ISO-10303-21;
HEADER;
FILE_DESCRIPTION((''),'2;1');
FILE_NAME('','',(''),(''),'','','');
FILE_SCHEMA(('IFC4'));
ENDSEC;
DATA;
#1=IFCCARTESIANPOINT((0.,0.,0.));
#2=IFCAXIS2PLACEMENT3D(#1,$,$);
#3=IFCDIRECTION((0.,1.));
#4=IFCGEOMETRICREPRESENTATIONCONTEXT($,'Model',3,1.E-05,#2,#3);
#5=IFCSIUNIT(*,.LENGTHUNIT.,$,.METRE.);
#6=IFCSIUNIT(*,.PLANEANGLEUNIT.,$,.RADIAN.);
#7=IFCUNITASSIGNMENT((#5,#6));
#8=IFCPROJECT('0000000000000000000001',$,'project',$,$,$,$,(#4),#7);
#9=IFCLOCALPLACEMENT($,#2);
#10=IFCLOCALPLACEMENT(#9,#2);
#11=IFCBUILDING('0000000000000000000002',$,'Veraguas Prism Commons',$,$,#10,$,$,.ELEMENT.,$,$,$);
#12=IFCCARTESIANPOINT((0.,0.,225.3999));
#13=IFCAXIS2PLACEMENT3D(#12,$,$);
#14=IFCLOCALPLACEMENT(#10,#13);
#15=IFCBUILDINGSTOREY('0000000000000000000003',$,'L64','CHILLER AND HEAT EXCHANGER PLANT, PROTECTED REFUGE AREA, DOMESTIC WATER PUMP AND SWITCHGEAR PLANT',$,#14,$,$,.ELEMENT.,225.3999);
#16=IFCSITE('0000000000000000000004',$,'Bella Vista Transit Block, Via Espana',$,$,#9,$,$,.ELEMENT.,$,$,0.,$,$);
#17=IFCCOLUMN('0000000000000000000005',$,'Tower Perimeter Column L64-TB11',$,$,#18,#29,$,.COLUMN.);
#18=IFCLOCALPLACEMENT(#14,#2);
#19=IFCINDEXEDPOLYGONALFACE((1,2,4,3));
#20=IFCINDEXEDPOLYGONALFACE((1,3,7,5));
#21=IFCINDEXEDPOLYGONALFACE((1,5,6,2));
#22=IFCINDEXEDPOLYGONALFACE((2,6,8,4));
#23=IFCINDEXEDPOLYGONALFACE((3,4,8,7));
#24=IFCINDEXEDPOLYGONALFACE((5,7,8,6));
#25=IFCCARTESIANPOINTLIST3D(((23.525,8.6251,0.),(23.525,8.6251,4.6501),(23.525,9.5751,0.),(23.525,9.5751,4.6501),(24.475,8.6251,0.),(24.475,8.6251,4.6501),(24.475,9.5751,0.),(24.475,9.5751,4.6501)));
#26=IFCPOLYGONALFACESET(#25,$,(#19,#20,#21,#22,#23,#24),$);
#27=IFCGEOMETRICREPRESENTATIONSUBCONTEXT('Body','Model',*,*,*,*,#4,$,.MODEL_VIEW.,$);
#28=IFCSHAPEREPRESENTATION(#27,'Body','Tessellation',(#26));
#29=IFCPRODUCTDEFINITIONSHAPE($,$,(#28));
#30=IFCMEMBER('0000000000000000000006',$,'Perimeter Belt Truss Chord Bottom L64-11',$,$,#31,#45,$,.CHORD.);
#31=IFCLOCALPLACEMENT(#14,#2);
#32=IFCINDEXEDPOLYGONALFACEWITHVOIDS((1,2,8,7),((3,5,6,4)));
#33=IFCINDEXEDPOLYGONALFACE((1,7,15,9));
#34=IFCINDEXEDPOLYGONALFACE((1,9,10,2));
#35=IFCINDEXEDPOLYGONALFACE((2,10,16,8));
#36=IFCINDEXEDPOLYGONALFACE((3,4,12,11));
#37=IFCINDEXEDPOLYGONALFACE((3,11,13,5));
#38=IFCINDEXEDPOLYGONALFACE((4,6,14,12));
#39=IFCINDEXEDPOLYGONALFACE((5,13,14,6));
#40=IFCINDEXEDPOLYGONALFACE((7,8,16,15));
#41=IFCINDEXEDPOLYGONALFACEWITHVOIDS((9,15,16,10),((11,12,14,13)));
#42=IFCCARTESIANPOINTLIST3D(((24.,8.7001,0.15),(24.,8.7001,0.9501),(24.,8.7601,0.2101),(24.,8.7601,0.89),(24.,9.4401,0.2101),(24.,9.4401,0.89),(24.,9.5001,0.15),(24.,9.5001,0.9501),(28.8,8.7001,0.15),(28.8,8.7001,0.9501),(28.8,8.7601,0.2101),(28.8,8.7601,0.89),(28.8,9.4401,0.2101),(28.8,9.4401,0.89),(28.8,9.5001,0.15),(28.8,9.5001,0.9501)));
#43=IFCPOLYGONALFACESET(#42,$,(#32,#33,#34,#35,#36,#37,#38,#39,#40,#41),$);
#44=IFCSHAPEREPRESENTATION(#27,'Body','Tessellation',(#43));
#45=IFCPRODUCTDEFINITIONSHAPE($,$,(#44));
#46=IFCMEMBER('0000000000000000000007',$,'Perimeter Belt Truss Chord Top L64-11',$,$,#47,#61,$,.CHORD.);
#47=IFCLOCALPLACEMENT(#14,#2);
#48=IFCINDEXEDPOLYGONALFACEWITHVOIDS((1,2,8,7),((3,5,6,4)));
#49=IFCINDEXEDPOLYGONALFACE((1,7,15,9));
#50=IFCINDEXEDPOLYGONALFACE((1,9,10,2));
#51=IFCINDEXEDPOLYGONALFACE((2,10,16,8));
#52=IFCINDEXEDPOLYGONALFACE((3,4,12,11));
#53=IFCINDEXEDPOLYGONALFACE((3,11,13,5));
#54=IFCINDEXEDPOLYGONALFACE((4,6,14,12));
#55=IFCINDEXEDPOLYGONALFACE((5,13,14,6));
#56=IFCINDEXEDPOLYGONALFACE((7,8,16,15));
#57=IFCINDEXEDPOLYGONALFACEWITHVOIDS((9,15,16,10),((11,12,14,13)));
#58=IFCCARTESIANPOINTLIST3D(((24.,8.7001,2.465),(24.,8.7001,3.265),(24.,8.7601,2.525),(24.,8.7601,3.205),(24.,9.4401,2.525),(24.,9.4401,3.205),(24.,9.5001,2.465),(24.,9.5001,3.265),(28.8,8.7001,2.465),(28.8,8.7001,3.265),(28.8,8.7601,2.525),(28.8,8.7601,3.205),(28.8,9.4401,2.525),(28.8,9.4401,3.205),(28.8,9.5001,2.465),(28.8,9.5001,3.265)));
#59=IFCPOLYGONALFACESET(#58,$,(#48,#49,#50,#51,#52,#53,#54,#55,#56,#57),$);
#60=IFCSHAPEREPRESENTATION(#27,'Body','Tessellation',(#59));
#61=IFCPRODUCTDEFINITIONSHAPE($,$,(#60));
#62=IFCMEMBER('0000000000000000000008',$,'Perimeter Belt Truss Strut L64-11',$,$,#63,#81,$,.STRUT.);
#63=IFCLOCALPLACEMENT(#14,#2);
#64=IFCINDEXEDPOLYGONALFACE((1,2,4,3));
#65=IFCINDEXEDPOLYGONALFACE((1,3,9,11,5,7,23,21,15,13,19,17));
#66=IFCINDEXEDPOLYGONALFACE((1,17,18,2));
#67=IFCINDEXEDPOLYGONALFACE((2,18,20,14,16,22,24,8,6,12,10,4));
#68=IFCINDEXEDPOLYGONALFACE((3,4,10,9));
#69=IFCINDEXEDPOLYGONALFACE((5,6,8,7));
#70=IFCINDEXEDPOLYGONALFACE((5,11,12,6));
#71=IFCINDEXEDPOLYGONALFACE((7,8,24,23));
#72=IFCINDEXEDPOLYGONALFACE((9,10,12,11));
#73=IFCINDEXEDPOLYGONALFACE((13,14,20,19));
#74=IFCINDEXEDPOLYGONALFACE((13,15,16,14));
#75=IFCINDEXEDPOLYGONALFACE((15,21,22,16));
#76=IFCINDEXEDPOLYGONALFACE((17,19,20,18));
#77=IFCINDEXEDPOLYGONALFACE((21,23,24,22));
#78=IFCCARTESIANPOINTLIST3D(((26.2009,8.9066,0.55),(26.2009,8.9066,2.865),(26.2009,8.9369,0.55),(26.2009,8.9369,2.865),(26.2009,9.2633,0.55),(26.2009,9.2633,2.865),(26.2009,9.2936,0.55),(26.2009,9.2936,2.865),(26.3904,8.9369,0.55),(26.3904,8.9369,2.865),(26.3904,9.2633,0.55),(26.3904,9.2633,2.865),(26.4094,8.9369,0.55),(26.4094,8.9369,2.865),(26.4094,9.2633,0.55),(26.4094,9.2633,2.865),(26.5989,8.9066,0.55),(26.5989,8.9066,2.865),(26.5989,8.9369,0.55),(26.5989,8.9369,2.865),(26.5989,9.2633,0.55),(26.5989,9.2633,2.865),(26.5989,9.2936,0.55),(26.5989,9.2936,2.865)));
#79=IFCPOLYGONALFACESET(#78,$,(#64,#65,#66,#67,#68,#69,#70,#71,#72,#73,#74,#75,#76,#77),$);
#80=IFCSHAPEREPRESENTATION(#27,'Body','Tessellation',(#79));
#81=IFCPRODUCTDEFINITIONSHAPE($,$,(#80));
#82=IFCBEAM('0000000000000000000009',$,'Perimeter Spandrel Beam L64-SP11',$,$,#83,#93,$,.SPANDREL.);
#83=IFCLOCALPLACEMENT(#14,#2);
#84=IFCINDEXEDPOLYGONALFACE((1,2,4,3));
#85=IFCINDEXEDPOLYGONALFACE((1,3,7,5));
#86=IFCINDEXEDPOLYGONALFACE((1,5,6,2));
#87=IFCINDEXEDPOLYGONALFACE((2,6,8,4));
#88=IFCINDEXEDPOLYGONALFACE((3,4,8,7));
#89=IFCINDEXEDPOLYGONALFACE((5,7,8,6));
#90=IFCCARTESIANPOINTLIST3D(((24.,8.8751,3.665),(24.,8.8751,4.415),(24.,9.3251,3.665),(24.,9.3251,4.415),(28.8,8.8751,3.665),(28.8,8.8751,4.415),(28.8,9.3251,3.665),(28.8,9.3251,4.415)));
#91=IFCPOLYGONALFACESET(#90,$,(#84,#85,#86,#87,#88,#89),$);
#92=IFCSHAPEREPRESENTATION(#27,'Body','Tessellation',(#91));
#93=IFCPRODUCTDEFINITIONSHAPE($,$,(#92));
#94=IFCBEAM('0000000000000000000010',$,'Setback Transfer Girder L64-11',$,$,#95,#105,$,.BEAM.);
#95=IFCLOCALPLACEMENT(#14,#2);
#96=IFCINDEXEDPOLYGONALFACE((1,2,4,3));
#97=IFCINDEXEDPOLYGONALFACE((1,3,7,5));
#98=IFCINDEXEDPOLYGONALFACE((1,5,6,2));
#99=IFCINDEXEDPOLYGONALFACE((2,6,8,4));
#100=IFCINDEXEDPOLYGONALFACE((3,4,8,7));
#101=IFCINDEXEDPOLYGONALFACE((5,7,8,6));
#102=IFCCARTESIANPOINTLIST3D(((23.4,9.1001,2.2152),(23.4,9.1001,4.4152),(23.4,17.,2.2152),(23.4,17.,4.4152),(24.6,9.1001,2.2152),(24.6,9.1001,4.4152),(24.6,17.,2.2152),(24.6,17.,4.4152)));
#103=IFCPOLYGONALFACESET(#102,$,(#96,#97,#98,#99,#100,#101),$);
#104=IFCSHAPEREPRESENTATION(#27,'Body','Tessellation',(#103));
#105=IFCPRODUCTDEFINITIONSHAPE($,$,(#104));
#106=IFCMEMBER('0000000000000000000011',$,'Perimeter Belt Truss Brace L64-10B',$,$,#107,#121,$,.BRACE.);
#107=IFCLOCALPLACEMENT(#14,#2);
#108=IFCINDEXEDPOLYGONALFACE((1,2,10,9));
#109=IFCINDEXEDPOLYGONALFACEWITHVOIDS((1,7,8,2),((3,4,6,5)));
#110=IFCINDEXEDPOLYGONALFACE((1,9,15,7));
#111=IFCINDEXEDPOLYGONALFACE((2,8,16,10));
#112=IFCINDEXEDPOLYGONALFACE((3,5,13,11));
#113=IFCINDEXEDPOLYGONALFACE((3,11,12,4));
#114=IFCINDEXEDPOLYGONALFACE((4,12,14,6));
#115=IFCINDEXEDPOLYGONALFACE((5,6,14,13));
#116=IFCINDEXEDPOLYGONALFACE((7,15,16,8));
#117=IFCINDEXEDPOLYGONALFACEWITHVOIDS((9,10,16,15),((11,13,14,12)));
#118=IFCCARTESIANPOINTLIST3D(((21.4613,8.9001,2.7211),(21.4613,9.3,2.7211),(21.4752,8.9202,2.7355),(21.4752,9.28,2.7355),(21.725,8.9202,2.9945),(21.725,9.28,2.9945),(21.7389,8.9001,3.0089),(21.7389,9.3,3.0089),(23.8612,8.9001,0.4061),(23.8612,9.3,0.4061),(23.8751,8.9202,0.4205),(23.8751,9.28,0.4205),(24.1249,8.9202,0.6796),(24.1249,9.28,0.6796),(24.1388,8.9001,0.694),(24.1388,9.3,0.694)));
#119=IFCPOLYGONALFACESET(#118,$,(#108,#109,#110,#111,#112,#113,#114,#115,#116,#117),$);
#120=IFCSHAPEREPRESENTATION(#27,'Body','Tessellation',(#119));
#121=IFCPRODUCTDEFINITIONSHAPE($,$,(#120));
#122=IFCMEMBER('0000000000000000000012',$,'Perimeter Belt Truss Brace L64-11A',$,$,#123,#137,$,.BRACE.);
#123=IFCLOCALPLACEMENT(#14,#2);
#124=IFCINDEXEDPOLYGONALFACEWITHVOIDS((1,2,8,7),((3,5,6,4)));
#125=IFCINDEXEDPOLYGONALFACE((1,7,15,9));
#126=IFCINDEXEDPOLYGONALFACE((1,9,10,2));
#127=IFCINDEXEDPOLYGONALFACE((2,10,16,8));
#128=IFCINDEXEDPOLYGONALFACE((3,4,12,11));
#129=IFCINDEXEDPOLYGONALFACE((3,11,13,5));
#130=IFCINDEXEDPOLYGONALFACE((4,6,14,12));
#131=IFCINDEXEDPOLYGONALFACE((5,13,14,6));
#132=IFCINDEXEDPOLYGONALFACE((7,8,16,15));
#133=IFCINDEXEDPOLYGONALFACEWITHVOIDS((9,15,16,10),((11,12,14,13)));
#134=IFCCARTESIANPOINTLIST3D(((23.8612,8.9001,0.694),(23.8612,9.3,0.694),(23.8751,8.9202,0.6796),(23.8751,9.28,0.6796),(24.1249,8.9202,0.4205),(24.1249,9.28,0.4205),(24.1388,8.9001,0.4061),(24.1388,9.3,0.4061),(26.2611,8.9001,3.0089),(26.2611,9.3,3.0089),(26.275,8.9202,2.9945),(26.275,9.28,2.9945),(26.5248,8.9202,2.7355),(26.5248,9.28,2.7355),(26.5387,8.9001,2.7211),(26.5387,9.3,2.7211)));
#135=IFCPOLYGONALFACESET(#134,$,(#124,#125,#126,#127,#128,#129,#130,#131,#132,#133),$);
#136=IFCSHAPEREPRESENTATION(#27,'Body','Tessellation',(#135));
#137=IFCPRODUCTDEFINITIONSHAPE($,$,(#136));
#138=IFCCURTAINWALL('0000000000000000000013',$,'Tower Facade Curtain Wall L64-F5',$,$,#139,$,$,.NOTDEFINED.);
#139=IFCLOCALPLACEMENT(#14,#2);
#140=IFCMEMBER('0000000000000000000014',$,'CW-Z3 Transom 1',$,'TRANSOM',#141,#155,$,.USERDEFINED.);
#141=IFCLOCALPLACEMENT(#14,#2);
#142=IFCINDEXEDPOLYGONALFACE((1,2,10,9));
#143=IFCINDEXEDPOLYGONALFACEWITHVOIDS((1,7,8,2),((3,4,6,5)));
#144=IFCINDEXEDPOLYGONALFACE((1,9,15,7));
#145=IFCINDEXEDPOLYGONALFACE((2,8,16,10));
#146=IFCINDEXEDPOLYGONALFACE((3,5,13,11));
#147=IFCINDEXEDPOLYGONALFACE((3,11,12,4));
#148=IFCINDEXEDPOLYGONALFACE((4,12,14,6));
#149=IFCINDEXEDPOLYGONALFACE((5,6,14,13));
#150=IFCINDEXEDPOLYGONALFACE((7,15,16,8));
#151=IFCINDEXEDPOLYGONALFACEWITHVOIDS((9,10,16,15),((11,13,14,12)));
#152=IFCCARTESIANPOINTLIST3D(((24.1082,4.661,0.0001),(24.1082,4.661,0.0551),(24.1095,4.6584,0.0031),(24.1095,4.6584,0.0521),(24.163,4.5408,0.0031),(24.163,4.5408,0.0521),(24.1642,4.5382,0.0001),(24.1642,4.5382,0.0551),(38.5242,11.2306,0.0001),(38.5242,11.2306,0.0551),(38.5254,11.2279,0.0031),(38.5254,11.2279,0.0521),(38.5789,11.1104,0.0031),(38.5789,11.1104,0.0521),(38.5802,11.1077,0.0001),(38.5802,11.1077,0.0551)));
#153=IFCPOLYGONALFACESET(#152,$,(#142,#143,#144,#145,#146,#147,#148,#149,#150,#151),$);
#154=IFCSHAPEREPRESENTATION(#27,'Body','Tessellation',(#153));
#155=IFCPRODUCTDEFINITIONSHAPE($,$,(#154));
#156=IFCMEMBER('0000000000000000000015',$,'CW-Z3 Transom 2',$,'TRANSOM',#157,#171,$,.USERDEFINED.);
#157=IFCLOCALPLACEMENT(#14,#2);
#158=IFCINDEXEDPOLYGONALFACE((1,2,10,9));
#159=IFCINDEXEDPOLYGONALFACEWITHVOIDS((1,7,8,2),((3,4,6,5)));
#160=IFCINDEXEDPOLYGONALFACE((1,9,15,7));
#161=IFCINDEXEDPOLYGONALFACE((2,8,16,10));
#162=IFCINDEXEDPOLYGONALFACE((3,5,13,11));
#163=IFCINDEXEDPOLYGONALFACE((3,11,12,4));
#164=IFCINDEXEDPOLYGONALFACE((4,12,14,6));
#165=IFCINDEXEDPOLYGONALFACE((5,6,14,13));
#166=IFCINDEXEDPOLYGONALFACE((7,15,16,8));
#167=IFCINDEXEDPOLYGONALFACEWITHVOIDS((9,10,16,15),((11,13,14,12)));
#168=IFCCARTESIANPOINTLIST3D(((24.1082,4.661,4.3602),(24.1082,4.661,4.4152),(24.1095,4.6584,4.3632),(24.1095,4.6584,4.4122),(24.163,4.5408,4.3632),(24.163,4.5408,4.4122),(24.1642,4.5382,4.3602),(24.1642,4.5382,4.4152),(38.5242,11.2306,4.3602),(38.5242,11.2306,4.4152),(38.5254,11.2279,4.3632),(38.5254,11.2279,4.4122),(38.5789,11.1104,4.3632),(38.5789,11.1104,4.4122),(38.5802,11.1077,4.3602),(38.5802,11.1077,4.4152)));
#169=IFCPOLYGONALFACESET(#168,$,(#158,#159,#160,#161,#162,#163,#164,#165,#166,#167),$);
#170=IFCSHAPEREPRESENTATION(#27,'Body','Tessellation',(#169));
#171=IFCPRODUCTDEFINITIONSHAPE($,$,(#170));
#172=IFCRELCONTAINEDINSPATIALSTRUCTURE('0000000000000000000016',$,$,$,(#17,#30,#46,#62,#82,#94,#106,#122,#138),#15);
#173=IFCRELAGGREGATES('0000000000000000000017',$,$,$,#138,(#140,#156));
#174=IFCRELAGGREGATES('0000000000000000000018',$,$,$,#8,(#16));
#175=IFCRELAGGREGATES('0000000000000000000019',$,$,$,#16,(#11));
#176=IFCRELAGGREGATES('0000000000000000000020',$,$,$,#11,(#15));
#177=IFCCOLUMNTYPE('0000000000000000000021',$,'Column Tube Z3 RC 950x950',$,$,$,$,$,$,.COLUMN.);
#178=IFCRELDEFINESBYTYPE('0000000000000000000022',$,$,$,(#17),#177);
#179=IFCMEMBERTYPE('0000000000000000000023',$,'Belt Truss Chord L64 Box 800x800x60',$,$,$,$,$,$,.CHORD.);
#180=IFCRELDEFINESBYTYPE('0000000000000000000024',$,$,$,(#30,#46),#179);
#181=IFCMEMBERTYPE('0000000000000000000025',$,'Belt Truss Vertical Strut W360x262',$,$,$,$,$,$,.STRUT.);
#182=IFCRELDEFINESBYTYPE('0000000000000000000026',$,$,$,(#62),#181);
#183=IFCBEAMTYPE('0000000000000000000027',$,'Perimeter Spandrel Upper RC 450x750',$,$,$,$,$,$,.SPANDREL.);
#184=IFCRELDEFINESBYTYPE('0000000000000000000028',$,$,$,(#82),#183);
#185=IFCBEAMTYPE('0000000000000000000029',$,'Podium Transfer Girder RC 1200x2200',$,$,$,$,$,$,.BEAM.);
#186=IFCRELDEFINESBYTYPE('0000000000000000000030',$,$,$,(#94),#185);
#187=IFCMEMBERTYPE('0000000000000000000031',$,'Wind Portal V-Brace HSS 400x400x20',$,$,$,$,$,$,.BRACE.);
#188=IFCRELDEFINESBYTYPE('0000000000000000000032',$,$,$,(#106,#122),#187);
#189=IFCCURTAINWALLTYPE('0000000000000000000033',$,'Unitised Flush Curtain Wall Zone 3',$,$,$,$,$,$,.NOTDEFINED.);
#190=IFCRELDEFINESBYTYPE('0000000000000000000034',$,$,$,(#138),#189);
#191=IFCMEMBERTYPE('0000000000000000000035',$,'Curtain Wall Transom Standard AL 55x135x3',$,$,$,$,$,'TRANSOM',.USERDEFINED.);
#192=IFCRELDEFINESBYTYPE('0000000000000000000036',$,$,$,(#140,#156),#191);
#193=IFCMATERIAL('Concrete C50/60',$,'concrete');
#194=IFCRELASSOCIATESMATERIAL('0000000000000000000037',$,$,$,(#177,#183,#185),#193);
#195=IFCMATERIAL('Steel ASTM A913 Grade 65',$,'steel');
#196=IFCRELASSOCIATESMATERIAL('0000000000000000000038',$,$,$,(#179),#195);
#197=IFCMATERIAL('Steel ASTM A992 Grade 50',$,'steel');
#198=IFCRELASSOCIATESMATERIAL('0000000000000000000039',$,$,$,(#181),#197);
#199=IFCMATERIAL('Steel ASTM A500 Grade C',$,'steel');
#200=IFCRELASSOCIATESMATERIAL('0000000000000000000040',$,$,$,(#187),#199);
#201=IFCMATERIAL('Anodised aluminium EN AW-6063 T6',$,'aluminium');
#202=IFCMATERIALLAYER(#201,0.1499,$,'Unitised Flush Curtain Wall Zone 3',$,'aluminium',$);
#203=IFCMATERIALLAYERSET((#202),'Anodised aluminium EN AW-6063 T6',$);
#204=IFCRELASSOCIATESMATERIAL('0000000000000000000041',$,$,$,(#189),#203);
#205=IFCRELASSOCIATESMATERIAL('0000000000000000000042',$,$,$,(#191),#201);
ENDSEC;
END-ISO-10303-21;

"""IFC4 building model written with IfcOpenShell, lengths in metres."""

from ifc_helpers import new_model, si_unit, direction, frame, origin, origin_2d, place, context, subcontext, project, spatial, rectangle, hollow_rectangle, i_section, extrude, source, transform, mapped, material, layer, layer_set, material_profile, profile_set, type_object, element, aggregate, save


model = new_model("IFC4")

# Units and contexts
model_context = context("Model", 3, precision=1e-05, world=origin(), true_north=direction((0.0, 1.0)))
body_context = subcontext(model_context, "Body", "Model", "MODEL_VIEW")
ifc_project = project(units=[si_unit("LENGTHUNIT", "METRE"), si_unit("PLANEANGLEUNIT", "RADIAN")], contexts=[model_context])

# Site, building, storey
site_placement = place(None, origin())
site = spatial("IfcSite", under=ifc_project, at=site_placement, Name="Bella Vista Transit Block, Via Espana", CompositionType="ELEMENT", RefElevation=0.0)
building_placement = place(site_placement, origin())
building = spatial("IfcBuilding", under=site, at=building_placement, Name="Veraguas Prism Commons", CompositionType="ELEMENT")
storey_placement = place(building_placement, frame((0.0, 0.0, 225.3999)))
storey = spatial("IfcBuildingStorey", under=building, at=storey_placement, Name="L64", Description="CHILLER AND HEAT EXCHANGER PLANT, PROTECTED REFUGE AREA, DOMESTIC WATER PUMP AND SWITCHGEAR PLANT", CompositionType="ELEMENT", Elevation=225.3999)

# Column
ifc_material_1 = material(Name="Concrete C50/60", Category="concrete")
ifc_material_profile_1 = material_profile(ifc_material_1, rectangle(XDim=0.95, YDim=0.95, at=origin_2d()), Name="RC950X950")
ifc_profile_set_1 = profile_set([ifc_material_profile_1], Name="Concrete C50/60")
column_type = type_object("IfcColumnType", Name="Column Tube Z3 RC 950x950", PredefinedType="COLUMN", material=ifc_profile_set_1)
column_placement = place(storey_placement, frame((24.0, 9.1001, 0.0), z_axis=(0.0, 0.0, 1.0), x_axis=(1.0, 0.0, 0.0)))
element("IfcColumn", 1, at=column_placement, inside=storey, type_object=column_type, Name="Tower Perimeter Column L64-TB11", PredefinedType="COLUMN", context=body_context, shape_type="SweptSolid", body=[
    extrude(rectangle(XDim=0.95, YDim=0.95, at=origin_2d()), origin(), (0.0, 0.0, 1.0), 4.6501),
])

# Members
ifc_material_2 = material(Name="Steel ASTM A913 Grade 65", Category="steel")
ifc_material_profile_2 = material_profile(ifc_material_2, hollow_rectangle(XDim=0.8, YDim=0.8, WallThickness=0.0601, at=origin_2d()), Name="BOX800X800X60")
ifc_profile_set_2 = profile_set([ifc_material_profile_2], Name="Steel ASTM A913 Grade 65")
member_type_1 = type_object("IfcMemberType", Name="Belt Truss Chord L64 Box 800x800x60", PredefinedType="CHORD", material=ifc_profile_set_2)
for number, where, z_axis, x_axis, name in (
    (2, (24.0, 9.1001, 0.55), (1.0, 0.0, 0.0), (0.0, 1.0, 0.0), "Perimeter Belt Truss Chord Bottom L64-11"),
    (3, (24.0, 9.1001, 2.865), (1.0, 0.0, 0.0), (0.0, 1.0, 0.0), "Perimeter Belt Truss Chord Top L64-11"),
):
    element("IfcMember", number, at=place(storey_placement, frame(where, z_axis=z_axis, x_axis=x_axis)), inside=storey, type_object=member_type_1, Name=name, PredefinedType="CHORD", context=body_context, shape_type="SweptSolid", body=[
        extrude(hollow_rectangle(XDim=0.8, YDim=0.8, WallThickness=0.0601, at=origin_2d()), origin(), (0.0, 0.0, 1.0), 4.8),
    ])
ifc_material_3 = material(Name="Steel ASTM A992 Grade 50", Category="steel")
ifc_material_profile_3 = material_profile(ifc_material_3, i_section(OverallWidth=0.3979, OverallDepth=0.387, WebThickness=0.019, FlangeThickness=0.0303, at=origin_2d()), Name="W360X262")
ifc_profile_set_3 = profile_set([ifc_material_profile_3], Name="Steel ASTM A992 Grade 50")
member_type_2 = type_object("IfcMemberType", Name="Belt Truss Vertical Strut W360x262", PredefinedType="STRUT", material=ifc_profile_set_3)
member_1_placement = place(storey_placement, frame((26.3999, 9.1001, 0.55), z_axis=(0.0, 0.0, 1.0), x_axis=(1.0, 0.0, 0.0)))
element("IfcMember", 4, at=member_1_placement, inside=storey, type_object=member_type_2, Name="Perimeter Belt Truss Strut L64-11", PredefinedType="STRUT", context=body_context, shape_type="SweptSolid", body=[
    extrude(i_section(OverallWidth=0.3979, OverallDepth=0.387, WebThickness=0.019, FlangeThickness=0.0303, at=origin_2d()), origin(), (0.0, 0.0, 1.0), 2.3149),
])

# Beams
ifc_material_profile_4 = material_profile(ifc_material_1, rectangle(XDim=0.45, YDim=0.75, at=origin_2d()), Name="RC450X750")
ifc_profile_set_4 = profile_set([ifc_material_profile_4], Name="Concrete C50/60")
beam_type_1 = type_object("IfcBeamType", Name="Perimeter Spandrel Upper RC 450x750", PredefinedType="SPANDREL", material=ifc_profile_set_4)
beam_1_placement = place(storey_placement, frame((24.0, 9.1001, 4.04), z_axis=(1.0, 0.0, 0.0), x_axis=(0.0, 1.0, 0.0)))
element("IfcBeam", 5, at=beam_1_placement, inside=storey, type_object=beam_type_1, Name="Perimeter Spandrel Beam L64-SP11", PredefinedType="SPANDREL", context=body_context, shape_type="SweptSolid", body=[
    extrude(rectangle(XDim=0.45, YDim=0.75, at=origin_2d()), origin(), (0.0, 0.0, 1.0), 4.8),
])
ifc_material_profile_5 = material_profile(ifc_material_1, rectangle(XDim=1.2, YDim=2.2, at=origin_2d()), Name="RC1200X2200")
ifc_profile_set_5 = profile_set([ifc_material_profile_5], Name="Concrete C50/60")
beam_type_2 = type_object("IfcBeamType", Name="Podium Transfer Girder RC 1200x2200", PredefinedType="BEAM", material=ifc_profile_set_5)
beam_2_placement = place(storey_placement, frame((24.0, 9.1001, 3.3152), z_axis=(0.0, 1.0, 0.0), x_axis=(-1.0, 0.0, 0.0)))
element("IfcBeam", 6, at=beam_2_placement, inside=storey, type_object=beam_type_2, Name="Setback Transfer Girder L64-11", PredefinedType="BEAM", context=body_context, shape_type="SweptSolid", body=[
    extrude(rectangle(XDim=1.2, YDim=2.2, at=origin_2d()), origin(), (0.0, 0.0, 1.0), 7.8999),
])

# Members
ifc_material_4 = material(Name="Steel ASTM A500 Grade C", Category="steel")
ifc_material_profile_6 = material_profile(ifc_material_4, hollow_rectangle(XDim=0.3999, YDim=0.3999, WallThickness=0.02, at=origin_2d()), Name="HSS400X400X20")
ifc_profile_set_6 = profile_set([ifc_material_profile_6], Name="Steel ASTM A500 Grade C")
member_type_3 = type_object("IfcMemberType", Name="Wind Portal V-Brace HSS 400x400x20", PredefinedType="BRACE", material=ifc_profile_set_6)
for number, where, z_axis, x_axis, name in (
    (7, (24.0, 9.1001, 0.55), (-0.719732, 0.0, 0.694252), (0.0, -1.0, 0.0), "Perimeter Belt Truss Brace L64-10B"),
    (8, (24.0, 9.1001, 0.55), (0.719732, 0.0, 0.694252), (0.0, 1.0, 0.0), "Perimeter Belt Truss Brace L64-11A"),
):
    element("IfcMember", number, at=place(storey_placement, frame(where, z_axis=z_axis, x_axis=x_axis)), inside=storey, type_object=member_type_3, Name=name, PredefinedType="BRACE", context=body_context, shape_type="SweptSolid", body=[
        extrude(hollow_rectangle(XDim=0.3999, YDim=0.3999, WallThickness=0.02, at=origin_2d()), origin(), (0.0, 0.0, 1.0), 3.3345),
    ])

# Curtain wall, members
ifc_material_5 = material(Name="Anodised aluminium EN AW-6063 T6", Category="aluminium")
ifc_layer_1 = layer(ifc_material_5, 0.1499, Name="Unitised Flush Curtain Wall Zone 3", Category="aluminium")
ifc_layer_set_1 = layer_set([ifc_layer_1], Name="Anodised aluminium EN AW-6063 T6")
curtain_wall_type = type_object("IfcCurtainWallType", Name="Unitised Flush Curtain Wall Zone 3", PredefinedType="NOTDEFINED", material=ifc_layer_set_1)
curtain_wall_1_placement = place(storey_placement, origin())
curtain_wall_1 = element("IfcCurtainWall", 9, at=curtain_wall_1_placement, inside=storey, type_object=curtain_wall_type, Name="Tower Facade Curtain Wall L64-F5", PredefinedType="NOTDEFINED")
ifc_material_profile_7 = material_profile(ifc_material_5, hollow_rectangle(XDim=0.0549, YDim=0.135, WallThickness=0.0029, at=origin_2d()), Name="AL55X135X3")
ifc_profile_set_7 = profile_set([ifc_material_profile_7], Name="Anodised aluminium EN AW-6063 T6")
member_type_4 = type_object("IfcMemberType", Name="Curtain Wall Transom Standard AL 55x135x3", ElementType="TRANSOM", PredefinedType="USERDEFINED", material=ifc_profile_set_7)
shared_shape_1 = source(origin(), body_context, "Body", "SweptSolid", [
    extrude(hollow_rectangle(XDim=0.0549, YDim=0.135, WallThickness=0.0029, at=origin_2d()), origin(), (0.0, 0.0, 1.0), 15.8423),
])
member_2_placement = place(storey_placement, frame((24.1362, 4.5996, 0.0276), z_axis=(0.909965, 0.414684, 0.0), x_axis=(0.0, 0.0, 1.0)))
member_2 = element("IfcMember", 10, at=member_2_placement, type_object=member_type_4, Name="CW-Z3 Transom 1", ObjectType="TRANSOM", PredefinedType="USERDEFINED", context=body_context, shape_type="MappedRepresentation", body=[
    mapped(shared_shape_1, transform((0.0, 0.0, 0.0), scale=1.0)),
])
member_3_placement = place(storey_placement, frame((24.1362, 4.5996, 4.3877), z_axis=(0.909965, 0.414684, 0.0), x_axis=(0.0, 0.0, 1.0)))
member_3 = element("IfcMember", 11, at=member_3_placement, type_object=member_type_4, Name="CW-Z3 Transom 2", ObjectType="TRANSOM", PredefinedType="USERDEFINED", context=body_context, shape_type="MappedRepresentation", body=[
    mapped(shared_shape_1, transform((0.0, 0.0, 0.0), scale=1.0)),
])

aggregate(curtain_wall_1, [member_2, member_3])

save(model, "model.ifc")
